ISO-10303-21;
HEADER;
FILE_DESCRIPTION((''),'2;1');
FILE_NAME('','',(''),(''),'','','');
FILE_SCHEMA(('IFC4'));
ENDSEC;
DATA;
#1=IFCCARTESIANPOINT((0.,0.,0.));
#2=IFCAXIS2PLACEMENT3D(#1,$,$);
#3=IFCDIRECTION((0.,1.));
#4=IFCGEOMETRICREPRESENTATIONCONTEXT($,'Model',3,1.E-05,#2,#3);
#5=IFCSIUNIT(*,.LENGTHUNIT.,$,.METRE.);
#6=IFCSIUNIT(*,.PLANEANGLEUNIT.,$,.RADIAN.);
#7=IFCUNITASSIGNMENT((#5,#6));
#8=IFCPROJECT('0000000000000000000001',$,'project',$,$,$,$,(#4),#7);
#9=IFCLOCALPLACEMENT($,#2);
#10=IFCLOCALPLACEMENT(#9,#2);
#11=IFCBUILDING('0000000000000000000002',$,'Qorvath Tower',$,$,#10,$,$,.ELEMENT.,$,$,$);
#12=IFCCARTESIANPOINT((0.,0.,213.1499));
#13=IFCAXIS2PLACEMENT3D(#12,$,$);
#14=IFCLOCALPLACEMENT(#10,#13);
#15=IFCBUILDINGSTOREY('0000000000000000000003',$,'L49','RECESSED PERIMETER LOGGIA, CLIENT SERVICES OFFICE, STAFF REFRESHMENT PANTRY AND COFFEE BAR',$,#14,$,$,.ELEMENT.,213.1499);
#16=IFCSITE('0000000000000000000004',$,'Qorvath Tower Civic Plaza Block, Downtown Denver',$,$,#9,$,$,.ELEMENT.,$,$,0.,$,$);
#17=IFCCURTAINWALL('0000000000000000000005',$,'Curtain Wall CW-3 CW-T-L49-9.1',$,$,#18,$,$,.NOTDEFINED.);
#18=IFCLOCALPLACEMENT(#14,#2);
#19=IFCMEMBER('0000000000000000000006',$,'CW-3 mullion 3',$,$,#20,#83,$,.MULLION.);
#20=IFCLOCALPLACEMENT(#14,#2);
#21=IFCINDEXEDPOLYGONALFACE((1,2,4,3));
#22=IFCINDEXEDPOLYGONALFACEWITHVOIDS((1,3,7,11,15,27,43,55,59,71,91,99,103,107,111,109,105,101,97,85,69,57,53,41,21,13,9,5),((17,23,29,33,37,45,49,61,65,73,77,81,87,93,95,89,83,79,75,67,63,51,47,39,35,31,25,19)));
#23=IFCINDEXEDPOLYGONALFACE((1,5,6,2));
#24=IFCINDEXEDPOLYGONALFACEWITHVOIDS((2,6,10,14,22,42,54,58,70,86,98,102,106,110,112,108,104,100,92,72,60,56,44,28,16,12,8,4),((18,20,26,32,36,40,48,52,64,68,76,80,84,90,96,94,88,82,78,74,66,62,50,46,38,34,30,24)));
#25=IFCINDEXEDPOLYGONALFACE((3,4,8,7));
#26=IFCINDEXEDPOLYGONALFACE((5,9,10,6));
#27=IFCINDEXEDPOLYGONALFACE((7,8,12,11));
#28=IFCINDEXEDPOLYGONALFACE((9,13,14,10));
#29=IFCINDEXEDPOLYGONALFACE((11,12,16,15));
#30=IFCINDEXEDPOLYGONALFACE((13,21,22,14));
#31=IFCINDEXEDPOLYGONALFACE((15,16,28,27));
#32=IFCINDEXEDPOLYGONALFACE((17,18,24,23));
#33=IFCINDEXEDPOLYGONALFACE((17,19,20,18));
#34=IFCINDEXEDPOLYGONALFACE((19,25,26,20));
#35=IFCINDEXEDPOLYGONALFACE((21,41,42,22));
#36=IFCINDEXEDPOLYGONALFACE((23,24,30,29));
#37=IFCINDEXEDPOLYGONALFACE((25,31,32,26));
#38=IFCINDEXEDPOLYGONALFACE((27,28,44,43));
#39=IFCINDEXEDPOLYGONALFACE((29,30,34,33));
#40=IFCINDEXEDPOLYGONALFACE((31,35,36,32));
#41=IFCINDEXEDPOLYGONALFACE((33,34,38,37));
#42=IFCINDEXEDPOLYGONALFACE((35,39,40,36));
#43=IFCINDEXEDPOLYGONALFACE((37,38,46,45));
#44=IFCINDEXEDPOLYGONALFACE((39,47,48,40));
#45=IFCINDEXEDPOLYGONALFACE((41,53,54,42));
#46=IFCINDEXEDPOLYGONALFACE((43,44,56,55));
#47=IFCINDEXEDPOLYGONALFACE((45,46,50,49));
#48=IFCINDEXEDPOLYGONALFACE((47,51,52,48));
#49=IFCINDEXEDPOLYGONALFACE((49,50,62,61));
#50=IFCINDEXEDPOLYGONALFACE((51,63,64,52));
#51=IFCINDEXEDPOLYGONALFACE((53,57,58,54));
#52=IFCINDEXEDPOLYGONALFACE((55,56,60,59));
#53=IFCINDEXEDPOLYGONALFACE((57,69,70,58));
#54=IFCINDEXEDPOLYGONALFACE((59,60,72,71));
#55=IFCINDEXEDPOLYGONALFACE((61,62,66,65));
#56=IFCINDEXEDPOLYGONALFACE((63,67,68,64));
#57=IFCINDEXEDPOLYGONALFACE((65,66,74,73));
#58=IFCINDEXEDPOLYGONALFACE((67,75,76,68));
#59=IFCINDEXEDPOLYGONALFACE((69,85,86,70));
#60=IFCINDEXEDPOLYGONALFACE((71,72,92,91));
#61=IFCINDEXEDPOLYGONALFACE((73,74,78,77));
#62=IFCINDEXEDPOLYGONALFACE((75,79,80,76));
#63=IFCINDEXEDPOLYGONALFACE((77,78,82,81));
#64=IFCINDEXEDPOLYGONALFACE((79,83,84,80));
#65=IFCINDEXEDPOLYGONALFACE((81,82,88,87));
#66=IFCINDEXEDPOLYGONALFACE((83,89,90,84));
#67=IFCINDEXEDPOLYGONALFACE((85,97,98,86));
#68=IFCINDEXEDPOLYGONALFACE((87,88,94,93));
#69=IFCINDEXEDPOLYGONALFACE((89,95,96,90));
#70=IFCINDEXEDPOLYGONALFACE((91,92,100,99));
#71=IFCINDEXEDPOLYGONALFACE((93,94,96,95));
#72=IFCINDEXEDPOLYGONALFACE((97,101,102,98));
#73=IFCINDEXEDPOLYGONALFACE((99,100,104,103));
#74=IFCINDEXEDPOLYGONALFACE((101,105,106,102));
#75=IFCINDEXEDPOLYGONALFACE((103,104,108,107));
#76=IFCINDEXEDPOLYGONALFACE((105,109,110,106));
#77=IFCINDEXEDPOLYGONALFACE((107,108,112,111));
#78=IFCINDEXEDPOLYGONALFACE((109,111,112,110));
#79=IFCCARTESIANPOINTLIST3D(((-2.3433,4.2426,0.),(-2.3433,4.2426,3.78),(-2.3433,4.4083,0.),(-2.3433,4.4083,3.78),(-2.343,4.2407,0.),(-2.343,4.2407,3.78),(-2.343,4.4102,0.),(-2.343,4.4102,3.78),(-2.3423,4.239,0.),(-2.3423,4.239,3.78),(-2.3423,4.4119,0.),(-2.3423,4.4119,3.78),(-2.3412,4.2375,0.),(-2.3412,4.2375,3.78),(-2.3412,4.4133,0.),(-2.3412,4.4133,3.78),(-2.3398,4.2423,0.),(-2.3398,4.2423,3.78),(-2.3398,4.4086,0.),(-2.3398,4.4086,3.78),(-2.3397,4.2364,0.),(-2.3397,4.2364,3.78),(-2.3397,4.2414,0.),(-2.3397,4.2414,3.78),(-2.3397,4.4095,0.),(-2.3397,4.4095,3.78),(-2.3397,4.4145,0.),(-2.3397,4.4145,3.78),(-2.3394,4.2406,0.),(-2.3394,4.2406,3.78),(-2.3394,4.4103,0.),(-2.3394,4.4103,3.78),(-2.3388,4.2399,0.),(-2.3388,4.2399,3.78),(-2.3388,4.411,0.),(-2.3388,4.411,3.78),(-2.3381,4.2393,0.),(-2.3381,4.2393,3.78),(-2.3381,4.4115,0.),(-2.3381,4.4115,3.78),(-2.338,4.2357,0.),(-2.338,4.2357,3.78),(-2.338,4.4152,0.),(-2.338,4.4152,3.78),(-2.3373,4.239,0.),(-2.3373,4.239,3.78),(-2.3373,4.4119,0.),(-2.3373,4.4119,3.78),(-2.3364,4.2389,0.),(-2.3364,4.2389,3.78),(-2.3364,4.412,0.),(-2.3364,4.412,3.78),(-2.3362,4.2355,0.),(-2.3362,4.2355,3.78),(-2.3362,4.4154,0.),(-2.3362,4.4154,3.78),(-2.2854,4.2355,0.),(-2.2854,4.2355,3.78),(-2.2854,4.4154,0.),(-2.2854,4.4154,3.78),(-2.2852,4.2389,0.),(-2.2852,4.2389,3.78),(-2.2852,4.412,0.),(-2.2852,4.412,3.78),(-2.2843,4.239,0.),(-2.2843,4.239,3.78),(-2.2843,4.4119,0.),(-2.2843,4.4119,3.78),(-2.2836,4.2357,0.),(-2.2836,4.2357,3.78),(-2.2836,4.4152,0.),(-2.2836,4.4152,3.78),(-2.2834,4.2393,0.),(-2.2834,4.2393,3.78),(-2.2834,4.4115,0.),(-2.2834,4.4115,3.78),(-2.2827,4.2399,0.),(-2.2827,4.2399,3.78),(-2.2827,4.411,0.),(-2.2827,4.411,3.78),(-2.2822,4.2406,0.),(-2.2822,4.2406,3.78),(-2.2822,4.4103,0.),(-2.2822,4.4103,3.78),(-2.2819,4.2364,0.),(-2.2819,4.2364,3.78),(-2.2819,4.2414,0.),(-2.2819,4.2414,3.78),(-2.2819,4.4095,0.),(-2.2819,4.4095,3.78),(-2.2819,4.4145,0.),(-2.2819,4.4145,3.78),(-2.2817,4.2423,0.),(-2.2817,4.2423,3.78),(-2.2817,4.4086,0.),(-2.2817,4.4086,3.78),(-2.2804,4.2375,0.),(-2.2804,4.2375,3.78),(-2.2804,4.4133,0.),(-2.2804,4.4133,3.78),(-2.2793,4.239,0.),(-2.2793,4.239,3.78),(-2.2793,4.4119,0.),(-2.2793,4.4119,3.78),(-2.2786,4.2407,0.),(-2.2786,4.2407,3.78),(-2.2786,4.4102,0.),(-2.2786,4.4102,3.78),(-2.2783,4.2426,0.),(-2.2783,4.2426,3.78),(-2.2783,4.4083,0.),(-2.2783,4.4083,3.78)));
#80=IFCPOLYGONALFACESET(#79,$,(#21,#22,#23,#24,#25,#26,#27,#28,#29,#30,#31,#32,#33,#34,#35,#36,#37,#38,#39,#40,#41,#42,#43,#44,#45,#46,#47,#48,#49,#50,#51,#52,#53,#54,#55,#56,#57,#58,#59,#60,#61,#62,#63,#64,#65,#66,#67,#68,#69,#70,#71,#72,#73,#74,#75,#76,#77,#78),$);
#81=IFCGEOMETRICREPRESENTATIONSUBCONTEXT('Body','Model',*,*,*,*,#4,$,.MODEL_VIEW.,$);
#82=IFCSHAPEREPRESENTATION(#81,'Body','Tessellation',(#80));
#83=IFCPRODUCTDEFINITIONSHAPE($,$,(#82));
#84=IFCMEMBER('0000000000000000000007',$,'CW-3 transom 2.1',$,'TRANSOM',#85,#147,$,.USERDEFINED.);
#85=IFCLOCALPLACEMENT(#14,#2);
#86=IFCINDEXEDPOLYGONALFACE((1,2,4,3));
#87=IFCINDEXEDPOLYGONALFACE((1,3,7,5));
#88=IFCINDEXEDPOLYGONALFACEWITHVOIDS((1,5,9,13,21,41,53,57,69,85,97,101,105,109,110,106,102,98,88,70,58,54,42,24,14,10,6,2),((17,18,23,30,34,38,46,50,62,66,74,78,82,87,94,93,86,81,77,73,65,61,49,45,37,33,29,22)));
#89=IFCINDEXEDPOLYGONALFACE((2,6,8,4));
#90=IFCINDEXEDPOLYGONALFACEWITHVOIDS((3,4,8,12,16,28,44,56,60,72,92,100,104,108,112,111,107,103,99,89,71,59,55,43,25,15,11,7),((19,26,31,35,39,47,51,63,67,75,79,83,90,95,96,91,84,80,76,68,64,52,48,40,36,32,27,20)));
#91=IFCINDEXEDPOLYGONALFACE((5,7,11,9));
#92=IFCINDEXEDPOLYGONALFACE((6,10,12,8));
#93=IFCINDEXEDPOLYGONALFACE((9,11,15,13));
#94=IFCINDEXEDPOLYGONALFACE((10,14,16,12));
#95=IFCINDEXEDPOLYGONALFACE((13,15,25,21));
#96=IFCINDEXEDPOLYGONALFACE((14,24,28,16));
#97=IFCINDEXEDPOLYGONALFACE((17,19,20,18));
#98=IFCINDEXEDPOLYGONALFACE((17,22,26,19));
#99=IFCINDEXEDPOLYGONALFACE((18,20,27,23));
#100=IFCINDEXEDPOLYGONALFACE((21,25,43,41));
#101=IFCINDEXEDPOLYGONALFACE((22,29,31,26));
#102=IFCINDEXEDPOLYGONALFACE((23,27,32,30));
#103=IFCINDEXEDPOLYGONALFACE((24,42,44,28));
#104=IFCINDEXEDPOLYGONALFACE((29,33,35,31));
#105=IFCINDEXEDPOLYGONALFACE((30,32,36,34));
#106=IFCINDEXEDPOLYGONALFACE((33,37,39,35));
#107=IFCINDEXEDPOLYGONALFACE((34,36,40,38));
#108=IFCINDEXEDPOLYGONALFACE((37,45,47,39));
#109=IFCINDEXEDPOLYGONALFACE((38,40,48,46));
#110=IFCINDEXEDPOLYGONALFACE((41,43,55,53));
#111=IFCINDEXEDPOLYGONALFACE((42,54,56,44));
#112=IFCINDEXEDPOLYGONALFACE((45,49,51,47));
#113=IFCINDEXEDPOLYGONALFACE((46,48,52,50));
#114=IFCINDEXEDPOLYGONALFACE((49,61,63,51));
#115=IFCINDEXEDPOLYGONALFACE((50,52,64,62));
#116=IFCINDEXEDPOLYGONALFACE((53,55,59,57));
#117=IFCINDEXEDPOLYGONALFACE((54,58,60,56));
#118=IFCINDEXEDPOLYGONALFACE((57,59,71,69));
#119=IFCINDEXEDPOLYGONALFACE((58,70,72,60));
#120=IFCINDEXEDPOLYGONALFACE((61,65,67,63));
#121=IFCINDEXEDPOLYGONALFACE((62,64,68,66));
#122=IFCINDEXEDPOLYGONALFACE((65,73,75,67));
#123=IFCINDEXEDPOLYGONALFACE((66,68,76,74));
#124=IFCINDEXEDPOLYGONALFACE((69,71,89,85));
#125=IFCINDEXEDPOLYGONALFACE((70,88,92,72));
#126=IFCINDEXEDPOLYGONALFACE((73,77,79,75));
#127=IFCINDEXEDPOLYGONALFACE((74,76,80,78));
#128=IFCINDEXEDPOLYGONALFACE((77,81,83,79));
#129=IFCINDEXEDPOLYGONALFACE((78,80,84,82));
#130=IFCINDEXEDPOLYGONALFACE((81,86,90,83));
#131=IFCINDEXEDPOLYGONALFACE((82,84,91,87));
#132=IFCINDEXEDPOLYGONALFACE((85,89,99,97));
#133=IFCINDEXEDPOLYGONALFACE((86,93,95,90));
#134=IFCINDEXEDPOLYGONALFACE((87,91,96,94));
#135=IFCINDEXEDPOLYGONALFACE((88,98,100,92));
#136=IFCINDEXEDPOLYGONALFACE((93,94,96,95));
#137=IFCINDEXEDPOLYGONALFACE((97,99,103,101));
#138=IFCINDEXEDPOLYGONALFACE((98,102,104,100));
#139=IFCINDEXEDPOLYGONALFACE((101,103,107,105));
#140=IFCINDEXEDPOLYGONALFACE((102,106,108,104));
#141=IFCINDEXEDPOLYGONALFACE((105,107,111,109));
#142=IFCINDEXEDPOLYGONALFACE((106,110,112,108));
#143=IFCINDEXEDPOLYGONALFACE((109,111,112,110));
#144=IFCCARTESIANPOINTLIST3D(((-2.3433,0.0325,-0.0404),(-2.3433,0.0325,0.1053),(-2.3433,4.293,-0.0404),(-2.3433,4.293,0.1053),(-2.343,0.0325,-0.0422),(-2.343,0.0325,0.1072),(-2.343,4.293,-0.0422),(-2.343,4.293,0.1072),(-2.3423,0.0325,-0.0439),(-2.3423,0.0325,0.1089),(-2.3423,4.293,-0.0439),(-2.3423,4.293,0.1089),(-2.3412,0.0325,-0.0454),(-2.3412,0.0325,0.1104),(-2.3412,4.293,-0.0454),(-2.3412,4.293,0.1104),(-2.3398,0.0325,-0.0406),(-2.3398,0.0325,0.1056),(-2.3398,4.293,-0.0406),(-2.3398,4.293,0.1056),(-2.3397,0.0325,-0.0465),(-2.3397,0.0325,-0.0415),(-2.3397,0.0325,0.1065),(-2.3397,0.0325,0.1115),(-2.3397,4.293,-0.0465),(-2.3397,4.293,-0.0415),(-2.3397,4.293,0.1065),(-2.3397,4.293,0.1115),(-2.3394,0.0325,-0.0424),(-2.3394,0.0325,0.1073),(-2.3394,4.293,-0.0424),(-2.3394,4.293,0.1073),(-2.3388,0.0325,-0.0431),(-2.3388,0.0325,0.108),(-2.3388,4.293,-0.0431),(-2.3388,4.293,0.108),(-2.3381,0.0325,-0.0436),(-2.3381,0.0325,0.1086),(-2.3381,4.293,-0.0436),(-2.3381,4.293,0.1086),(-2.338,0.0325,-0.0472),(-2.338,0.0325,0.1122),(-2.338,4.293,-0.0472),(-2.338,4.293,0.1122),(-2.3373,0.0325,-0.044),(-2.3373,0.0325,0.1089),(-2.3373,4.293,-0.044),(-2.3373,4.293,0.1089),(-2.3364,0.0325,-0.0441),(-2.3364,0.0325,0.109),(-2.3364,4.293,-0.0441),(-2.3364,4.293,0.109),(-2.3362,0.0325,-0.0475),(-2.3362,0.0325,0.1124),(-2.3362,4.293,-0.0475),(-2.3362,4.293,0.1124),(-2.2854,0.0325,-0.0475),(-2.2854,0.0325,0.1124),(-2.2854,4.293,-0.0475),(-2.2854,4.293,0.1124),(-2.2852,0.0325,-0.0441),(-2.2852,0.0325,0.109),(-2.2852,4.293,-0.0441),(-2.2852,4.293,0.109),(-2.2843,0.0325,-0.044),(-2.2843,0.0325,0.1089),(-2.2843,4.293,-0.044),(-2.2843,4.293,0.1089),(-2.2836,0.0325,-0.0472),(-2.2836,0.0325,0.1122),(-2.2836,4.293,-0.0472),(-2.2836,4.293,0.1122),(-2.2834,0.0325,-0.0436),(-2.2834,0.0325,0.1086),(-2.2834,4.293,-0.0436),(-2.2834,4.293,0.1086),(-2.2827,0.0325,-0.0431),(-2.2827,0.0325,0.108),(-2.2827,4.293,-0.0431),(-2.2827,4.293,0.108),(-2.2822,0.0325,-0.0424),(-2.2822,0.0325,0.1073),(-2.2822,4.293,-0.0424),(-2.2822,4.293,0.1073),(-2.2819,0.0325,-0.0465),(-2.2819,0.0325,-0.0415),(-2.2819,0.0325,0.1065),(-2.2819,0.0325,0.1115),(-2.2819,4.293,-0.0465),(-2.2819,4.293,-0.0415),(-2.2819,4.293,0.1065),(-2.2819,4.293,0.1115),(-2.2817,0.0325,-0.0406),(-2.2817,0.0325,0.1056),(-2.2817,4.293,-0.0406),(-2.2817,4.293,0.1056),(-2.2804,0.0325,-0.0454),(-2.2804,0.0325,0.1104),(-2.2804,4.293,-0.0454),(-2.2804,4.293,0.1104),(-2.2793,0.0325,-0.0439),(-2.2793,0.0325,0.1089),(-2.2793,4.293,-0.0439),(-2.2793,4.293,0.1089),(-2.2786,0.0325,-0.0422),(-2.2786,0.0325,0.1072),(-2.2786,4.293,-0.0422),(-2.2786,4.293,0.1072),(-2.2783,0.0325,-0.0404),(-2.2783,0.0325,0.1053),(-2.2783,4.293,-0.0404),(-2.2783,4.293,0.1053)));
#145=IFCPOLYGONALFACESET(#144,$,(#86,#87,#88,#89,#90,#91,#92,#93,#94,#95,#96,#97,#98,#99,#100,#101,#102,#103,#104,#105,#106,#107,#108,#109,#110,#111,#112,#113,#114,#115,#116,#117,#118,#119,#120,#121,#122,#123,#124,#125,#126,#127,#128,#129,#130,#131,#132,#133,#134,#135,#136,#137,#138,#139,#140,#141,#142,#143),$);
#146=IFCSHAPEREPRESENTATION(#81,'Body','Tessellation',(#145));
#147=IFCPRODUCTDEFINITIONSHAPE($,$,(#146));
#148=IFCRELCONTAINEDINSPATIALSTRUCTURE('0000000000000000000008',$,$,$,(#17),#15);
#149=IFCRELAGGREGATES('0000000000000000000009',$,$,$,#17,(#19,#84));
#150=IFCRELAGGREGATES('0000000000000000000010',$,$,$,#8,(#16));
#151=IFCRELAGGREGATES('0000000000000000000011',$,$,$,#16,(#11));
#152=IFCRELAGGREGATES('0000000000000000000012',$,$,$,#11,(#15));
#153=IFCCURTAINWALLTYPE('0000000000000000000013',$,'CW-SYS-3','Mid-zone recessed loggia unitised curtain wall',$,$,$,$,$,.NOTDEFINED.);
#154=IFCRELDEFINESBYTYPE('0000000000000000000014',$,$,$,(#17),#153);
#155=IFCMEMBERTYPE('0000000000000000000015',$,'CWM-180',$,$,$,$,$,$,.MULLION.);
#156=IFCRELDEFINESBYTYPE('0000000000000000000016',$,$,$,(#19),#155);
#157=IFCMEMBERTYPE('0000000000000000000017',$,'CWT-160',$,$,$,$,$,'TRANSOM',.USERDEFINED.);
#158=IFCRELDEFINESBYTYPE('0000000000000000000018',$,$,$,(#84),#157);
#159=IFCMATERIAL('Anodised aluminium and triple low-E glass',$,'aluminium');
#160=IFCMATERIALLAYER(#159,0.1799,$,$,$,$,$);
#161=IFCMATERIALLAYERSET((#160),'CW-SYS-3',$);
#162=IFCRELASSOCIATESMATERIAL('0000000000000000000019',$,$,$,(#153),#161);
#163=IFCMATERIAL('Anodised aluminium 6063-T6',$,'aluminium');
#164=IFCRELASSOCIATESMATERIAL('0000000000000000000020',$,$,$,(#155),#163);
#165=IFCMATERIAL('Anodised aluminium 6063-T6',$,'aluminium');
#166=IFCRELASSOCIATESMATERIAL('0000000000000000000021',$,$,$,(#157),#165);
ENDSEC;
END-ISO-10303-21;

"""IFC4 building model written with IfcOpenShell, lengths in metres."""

from ifc_helpers import new_model, si_unit, direction, frame, origin, origin_2d, place, context, subcontext, project, spatial, hollow_rectangle, extrude, material, layer, layer_set, material_profile, profile_set, type_object, element, aggregate, save


model = new_model("IFC4")

# Units and contexts
model_context = context("Model", 3, precision=1e-05, world=origin(), true_north=direction((0.0, 1.0)))
body_context = subcontext(model_context, "Body", "Model", "MODEL_VIEW")
ifc_project = project(units=[si_unit("LENGTHUNIT", "METRE"), si_unit("PLANEANGLEUNIT", "RADIAN")], contexts=[model_context])

# Site, building, storey
site_placement = place(None, origin())
site = spatial("IfcSite", under=ifc_project, at=site_placement, Name="Qorvath Tower Civic Plaza Block, Downtown Denver", CompositionType="ELEMENT", RefElevation=0.0)
building_placement = place(site_placement, origin())
building = spatial("IfcBuilding", under=site, at=building_placement, Name="Qorvath Tower", CompositionType="ELEMENT")
storey_placement = place(building_placement, frame((0.0, 0.0, 213.1499)))
storey = spatial("IfcBuildingStorey", under=building, at=storey_placement, Name="L49", Description="RECESSED PERIMETER LOGGIA, CLIENT SERVICES OFFICE, STAFF REFRESHMENT PANTRY AND COFFEE BAR", CompositionType="ELEMENT", Elevation=213.1499)

# Curtain wall, members
ifc_material_1 = material(Name="Anodised aluminium and triple low-E glass", Category="aluminium")
ifc_layer_1 = layer(ifc_material_1, 0.1799)
ifc_layer_set_1 = layer_set([ifc_layer_1], Name="CW-SYS-3")
curtain_wall_type = type_object("IfcCurtainWallType", Name="CW-SYS-3", Description="Mid-zone recessed loggia unitised curtain wall", PredefinedType="NOTDEFINED", material=ifc_layer_set_1)
curtain_wall_placement = place(storey_placement, origin())
curtain_wall = element("IfcCurtainWall", 1, at=curtain_wall_placement, inside=storey, type_object=curtain_wall_type, Name="Curtain Wall CW-3 CW-T-L49-9.1", PredefinedType="NOTDEFINED")
ifc_material_2 = material(Name="Anodised aluminium 6063-T6", Category="aluminium")
ifc_material_profile_1 = material_profile(ifc_material_2, hollow_rectangle(XDim=0.0649, YDim=0.1799, WallThickness=0.0034, InnerFilletRadius=0.0034, OuterFilletRadius=0.0071, at=origin_2d()), Name="CWM 180x65")
ifc_profile_set_1 = profile_set([ifc_material_profile_1], Name="Anodised aluminium 6063-T6")
member_type_1 = type_object("IfcMemberType", Name="CWM-180", PredefinedType="MULLION", material=ifc_profile_set_1)
member_1_placement = place(storey_placement, frame((-2.3108, 4.3254, 0.0), z_axis=(0.0, 0.0, 1.0), x_axis=(-1.0, 0.0, 0.0)))
member_1 = element("IfcMember", 2, at=member_1_placement, type_object=member_type_1, Name="CW-3 mullion 3", PredefinedType="MULLION", context=body_context, shape_type="SweptSolid", body=[
    extrude(hollow_rectangle(XDim=0.0649, YDim=0.1799, WallThickness=0.0034, InnerFilletRadius=0.0034, OuterFilletRadius=0.0071, at=origin_2d()), origin(), (0.0, 0.0, 1.0), 3.78),
])
ifc_material_3 = material(Name="Anodised aluminium 6063-T6", Category="aluminium")
ifc_material_profile_2 = material_profile(ifc_material_3, hollow_rectangle(XDim=0.0649, YDim=0.1599, WallThickness=0.0034, InnerFilletRadius=0.0034, OuterFilletRadius=0.0071, at=origin_2d()), Name="CWT 160x65")
ifc_profile_set_2 = profile_set([ifc_material_profile_2], Name="Anodised aluminium 6063-T6")
member_type_2 = type_object("IfcMemberType", Name="CWT-160", ElementType="TRANSOM", PredefinedType="USERDEFINED", material=ifc_profile_set_2)
member_2_placement = place(storey_placement, frame((-2.3108, 0.0325, 0.0325), z_axis=(0.0, 1.0, 0.0), x_axis=(-1.0, 0.0, 0.0)))
member_2 = element("IfcMember", 3, at=member_2_placement, type_object=member_type_2, Name="CW-3 transom 2.1", ObjectType="TRANSOM", PredefinedType="USERDEFINED", context=body_context, shape_type="SweptSolid", body=[
    extrude(hollow_rectangle(XDim=0.0649, YDim=0.1599, WallThickness=0.0034, InnerFilletRadius=0.0034, OuterFilletRadius=0.0071, at=origin_2d()), origin(), (0.0, 0.0, 1.0), 4.2605),
])
aggregate(curtain_wall, [member_1, member_2])

save(model, "model.ifc")
